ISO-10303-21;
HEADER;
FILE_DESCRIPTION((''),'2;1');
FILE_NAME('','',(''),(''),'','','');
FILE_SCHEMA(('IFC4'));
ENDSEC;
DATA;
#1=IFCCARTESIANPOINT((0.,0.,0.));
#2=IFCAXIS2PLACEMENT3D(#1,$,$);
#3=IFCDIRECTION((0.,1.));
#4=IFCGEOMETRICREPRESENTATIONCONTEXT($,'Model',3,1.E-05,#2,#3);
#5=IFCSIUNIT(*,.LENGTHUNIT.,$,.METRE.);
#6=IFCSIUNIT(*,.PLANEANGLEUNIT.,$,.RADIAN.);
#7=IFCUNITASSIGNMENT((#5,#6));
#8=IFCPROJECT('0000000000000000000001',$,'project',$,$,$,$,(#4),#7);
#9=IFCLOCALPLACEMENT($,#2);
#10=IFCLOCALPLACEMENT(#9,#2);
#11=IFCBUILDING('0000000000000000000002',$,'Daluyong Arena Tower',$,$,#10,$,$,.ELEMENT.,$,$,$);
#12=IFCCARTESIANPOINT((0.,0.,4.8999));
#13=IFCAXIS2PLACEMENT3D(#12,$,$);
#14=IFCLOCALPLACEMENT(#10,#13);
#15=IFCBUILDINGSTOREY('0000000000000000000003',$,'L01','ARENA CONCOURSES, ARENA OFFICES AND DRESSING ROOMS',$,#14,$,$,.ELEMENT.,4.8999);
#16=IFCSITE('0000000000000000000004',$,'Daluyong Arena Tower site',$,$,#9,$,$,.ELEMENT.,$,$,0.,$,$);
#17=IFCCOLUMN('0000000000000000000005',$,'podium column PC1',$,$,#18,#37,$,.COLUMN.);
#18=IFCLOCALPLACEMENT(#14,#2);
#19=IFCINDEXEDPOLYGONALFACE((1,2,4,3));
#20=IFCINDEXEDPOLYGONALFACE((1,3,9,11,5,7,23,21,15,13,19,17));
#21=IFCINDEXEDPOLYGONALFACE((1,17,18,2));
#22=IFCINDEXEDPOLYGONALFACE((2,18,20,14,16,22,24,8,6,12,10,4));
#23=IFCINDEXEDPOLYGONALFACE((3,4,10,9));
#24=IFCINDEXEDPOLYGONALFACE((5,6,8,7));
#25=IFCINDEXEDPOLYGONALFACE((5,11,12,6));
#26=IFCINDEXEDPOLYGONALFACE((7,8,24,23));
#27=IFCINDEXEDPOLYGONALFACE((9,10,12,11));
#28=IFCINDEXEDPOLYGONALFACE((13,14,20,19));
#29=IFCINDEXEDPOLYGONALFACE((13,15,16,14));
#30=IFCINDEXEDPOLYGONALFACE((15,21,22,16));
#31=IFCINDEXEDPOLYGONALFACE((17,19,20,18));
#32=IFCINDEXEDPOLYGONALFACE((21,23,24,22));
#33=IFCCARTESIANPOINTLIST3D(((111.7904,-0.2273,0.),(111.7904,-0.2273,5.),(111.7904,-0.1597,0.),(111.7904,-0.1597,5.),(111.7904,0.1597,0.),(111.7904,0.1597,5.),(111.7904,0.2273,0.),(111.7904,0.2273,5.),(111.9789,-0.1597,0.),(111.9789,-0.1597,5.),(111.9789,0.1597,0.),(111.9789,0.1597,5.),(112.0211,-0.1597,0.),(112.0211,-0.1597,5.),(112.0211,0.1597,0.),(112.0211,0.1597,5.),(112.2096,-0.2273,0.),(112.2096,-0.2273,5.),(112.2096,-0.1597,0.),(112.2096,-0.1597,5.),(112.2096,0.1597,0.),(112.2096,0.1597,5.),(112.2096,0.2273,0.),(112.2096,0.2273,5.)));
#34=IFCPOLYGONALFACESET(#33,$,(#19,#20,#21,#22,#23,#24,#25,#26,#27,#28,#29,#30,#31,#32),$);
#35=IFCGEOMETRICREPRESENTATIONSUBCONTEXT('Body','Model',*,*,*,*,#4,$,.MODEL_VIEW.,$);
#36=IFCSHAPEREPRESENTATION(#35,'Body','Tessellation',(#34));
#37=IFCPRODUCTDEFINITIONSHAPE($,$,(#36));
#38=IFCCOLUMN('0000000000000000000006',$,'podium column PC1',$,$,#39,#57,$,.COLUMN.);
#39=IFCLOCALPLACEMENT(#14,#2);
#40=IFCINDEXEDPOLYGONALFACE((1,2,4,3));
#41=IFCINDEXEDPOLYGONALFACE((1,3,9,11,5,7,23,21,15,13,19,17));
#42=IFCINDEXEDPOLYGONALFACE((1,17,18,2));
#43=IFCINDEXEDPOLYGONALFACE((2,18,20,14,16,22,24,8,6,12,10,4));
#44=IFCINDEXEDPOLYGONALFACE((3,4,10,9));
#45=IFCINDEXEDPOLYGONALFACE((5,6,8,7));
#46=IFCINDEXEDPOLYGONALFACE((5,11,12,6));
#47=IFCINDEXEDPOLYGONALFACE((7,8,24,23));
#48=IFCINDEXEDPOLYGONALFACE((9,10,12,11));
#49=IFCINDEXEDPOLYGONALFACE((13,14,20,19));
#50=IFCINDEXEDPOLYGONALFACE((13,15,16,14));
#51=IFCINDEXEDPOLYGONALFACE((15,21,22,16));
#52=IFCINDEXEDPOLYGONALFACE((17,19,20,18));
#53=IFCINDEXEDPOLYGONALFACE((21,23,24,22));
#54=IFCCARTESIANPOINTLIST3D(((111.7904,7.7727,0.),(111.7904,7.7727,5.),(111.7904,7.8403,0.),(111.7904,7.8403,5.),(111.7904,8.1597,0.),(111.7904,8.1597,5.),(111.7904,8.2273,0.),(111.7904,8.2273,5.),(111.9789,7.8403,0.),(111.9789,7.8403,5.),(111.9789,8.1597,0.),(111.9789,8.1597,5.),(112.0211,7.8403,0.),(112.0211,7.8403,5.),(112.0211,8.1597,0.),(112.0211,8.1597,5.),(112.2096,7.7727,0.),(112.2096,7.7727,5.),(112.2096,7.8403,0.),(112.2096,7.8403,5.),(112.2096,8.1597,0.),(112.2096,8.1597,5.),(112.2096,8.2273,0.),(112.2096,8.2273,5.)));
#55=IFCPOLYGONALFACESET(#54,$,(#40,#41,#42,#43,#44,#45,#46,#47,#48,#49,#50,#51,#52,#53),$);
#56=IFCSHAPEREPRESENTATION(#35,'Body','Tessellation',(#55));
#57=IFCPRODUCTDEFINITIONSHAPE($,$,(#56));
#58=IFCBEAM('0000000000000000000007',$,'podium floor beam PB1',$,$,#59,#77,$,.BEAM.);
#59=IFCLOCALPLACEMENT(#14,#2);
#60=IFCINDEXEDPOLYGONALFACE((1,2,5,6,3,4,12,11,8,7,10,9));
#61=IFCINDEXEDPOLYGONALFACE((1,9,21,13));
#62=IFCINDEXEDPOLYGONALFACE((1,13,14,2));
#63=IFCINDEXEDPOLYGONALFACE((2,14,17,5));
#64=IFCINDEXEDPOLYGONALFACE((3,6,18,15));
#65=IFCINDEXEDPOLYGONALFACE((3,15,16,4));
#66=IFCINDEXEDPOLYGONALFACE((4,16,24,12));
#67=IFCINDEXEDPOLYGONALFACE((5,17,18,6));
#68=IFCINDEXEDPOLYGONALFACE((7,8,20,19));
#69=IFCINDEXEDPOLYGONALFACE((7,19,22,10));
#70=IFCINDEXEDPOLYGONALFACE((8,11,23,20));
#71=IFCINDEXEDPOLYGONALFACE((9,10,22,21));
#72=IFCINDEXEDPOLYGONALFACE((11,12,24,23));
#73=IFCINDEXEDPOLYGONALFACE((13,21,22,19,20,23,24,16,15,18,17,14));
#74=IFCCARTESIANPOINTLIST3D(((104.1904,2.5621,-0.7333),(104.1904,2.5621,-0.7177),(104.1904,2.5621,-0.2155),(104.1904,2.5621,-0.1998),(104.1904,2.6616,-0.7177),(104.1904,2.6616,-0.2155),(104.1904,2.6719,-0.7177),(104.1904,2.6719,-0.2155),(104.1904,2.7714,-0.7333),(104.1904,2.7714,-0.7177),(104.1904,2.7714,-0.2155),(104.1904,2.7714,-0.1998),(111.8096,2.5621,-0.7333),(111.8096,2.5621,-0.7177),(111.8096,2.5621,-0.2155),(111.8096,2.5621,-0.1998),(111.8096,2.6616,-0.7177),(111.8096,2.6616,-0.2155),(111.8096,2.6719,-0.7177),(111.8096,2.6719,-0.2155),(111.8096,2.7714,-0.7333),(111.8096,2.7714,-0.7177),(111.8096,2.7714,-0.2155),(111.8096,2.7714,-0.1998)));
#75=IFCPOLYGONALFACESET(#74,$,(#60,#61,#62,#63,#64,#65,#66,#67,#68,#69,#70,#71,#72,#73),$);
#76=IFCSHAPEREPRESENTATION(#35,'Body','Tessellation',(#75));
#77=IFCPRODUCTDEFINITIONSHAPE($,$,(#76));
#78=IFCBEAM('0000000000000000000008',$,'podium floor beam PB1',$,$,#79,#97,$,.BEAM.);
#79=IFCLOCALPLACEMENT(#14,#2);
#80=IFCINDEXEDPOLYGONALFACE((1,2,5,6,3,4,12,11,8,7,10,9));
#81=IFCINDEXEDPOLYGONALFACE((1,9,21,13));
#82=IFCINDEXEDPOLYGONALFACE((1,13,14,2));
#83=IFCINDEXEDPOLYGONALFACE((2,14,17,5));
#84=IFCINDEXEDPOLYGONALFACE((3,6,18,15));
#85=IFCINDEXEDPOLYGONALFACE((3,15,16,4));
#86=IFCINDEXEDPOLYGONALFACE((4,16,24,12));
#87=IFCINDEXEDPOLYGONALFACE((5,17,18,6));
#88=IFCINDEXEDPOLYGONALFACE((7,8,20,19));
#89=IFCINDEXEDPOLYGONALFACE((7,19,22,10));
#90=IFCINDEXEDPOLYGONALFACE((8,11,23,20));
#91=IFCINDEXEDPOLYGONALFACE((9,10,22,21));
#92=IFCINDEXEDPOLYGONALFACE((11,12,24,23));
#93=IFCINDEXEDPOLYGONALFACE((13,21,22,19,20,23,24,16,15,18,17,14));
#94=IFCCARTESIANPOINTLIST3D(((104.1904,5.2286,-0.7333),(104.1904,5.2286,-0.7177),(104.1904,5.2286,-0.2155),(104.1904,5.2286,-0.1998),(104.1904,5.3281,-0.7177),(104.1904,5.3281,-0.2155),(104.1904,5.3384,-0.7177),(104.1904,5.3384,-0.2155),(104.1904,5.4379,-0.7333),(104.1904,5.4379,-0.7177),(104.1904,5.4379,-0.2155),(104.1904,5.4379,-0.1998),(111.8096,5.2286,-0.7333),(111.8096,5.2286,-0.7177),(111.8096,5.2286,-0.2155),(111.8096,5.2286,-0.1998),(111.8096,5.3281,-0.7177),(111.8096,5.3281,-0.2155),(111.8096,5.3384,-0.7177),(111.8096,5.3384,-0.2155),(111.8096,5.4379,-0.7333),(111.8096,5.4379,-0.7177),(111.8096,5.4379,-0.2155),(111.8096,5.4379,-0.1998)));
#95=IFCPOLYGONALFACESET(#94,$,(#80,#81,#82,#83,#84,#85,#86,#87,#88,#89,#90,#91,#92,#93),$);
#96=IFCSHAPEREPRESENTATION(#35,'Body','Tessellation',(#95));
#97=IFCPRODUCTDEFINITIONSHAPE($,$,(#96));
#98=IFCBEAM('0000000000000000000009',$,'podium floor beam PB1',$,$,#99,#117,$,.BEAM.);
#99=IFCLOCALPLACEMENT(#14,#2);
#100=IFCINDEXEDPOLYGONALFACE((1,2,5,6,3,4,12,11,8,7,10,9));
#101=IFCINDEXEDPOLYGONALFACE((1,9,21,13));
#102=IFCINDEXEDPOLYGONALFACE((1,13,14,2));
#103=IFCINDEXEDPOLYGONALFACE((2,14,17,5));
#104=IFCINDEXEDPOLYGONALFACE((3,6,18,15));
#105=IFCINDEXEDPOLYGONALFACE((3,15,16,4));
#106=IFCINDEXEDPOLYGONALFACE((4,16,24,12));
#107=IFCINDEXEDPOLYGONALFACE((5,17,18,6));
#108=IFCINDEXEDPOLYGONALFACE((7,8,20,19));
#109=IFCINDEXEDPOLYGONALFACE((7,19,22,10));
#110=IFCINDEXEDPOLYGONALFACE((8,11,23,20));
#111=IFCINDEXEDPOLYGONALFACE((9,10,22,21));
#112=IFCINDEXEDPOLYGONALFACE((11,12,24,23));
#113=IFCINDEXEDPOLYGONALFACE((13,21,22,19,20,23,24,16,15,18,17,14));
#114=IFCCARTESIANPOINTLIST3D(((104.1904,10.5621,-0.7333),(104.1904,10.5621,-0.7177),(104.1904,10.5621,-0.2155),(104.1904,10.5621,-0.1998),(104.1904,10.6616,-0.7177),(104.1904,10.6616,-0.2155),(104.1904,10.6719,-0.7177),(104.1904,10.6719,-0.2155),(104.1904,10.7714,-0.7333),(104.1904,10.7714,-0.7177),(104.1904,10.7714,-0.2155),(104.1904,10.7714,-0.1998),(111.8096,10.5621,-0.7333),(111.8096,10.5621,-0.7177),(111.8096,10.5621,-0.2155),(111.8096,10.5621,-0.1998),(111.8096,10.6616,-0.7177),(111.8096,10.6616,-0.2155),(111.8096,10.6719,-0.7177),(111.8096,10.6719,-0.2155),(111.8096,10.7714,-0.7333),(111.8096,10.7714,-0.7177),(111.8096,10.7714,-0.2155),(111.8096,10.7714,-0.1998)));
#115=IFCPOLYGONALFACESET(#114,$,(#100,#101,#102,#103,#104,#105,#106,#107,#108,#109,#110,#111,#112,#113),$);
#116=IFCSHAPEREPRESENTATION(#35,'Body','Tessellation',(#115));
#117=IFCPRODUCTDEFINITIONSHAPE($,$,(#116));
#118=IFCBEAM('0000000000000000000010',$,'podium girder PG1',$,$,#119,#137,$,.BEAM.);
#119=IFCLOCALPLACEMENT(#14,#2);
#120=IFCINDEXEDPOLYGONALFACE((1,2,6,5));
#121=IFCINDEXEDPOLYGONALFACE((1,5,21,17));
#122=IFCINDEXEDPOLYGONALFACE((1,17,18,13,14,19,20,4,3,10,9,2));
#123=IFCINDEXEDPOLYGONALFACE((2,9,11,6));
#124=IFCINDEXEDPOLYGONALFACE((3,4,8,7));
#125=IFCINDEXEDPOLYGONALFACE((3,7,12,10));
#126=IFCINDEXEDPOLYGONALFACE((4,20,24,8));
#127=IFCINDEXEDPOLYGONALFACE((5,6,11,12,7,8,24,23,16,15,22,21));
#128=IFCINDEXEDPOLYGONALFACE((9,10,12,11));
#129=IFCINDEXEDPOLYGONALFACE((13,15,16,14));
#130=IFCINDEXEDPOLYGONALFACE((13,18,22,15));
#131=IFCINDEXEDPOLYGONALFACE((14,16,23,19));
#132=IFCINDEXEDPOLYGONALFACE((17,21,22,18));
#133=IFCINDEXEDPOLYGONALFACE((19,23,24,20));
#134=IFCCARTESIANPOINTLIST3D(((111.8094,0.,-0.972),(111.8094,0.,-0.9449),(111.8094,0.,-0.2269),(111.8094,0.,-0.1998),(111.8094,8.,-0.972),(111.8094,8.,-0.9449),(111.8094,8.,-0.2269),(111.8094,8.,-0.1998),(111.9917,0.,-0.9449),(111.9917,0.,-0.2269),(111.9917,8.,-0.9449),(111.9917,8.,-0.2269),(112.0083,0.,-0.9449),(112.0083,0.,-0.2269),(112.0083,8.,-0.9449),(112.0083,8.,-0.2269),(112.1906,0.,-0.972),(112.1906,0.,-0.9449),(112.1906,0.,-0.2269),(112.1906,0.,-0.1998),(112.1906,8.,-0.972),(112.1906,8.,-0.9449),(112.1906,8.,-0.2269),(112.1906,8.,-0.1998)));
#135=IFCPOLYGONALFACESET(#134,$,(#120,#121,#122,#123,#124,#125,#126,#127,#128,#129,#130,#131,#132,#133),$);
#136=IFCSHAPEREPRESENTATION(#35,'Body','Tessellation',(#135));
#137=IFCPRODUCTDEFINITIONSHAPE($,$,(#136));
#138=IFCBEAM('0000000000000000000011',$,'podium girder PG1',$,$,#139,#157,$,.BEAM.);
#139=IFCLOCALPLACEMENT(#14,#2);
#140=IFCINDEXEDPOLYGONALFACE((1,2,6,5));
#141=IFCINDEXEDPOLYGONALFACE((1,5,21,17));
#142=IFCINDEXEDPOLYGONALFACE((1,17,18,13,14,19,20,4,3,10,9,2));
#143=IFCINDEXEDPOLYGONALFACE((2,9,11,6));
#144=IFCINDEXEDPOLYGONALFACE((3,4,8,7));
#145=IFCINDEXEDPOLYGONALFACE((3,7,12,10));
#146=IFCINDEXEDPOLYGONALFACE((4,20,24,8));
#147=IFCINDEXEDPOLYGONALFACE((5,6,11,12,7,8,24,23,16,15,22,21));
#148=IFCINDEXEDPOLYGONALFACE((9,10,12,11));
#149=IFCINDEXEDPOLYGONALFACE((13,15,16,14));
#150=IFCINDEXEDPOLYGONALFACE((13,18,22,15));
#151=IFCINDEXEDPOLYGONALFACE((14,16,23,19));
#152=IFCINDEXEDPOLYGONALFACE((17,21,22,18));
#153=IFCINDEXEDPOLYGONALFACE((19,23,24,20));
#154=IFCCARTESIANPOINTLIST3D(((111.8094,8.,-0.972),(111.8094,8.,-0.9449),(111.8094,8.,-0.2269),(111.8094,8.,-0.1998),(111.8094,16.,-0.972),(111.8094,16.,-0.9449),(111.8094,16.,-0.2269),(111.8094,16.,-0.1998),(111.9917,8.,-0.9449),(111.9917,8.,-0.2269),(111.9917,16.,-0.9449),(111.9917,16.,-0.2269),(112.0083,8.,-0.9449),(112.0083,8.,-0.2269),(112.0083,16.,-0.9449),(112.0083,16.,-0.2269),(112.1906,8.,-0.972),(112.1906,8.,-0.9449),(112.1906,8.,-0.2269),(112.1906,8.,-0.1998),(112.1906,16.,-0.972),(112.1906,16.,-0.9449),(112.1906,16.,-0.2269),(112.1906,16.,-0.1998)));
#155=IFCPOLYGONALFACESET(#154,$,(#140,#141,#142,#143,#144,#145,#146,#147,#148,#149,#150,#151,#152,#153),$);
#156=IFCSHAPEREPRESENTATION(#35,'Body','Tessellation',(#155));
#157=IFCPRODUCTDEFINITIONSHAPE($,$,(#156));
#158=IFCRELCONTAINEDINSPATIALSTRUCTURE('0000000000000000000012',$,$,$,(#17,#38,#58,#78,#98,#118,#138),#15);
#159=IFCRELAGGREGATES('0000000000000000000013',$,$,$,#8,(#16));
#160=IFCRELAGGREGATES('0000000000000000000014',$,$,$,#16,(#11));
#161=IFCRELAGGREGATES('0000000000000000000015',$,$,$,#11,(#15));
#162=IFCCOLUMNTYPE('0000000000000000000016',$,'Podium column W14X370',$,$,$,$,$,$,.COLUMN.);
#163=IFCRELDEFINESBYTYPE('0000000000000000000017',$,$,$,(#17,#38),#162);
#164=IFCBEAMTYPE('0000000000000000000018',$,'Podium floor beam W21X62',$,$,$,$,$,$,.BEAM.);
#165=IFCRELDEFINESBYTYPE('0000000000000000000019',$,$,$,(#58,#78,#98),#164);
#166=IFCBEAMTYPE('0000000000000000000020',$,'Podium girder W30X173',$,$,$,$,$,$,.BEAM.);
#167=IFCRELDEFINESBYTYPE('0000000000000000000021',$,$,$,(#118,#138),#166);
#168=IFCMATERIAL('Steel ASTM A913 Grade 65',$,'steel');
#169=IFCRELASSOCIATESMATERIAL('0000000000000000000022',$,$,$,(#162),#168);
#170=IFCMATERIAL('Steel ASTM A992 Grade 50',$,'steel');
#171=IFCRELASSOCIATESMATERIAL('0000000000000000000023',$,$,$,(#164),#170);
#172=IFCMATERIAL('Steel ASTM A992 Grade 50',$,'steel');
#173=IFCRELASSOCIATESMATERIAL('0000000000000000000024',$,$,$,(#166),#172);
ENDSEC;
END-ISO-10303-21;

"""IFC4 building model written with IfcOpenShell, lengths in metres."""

from ifc_helpers import new_model, si_unit, direction, frame, origin, origin_2d, place, context, subcontext, project, spatial, i_section, extrude, material, material_profile, profile_set, type_object, element, save


model = new_model("IFC4")

# Units and contexts
model_context = context("Model", 3, precision=1e-05, world=origin(), true_north=direction((0.0, 1.0)))
body_context = subcontext(model_context, "Body", "Model", "MODEL_VIEW")
ifc_project = project(units=[si_unit("LENGTHUNIT", "METRE"), si_unit("PLANEANGLEUNIT", "RADIAN")], contexts=[model_context])

# Site, building, storey
site_placement = place(None, origin())
site = spatial("IfcSite", under=ifc_project, at=site_placement, Name="Daluyong Arena Tower site", CompositionType="ELEMENT", RefElevation=0.0)
building_placement = place(site_placement, origin())
building = spatial("IfcBuilding", under=site, at=building_placement, Name="Daluyong Arena Tower", CompositionType="ELEMENT")
storey_placement = place(building_placement, frame((0.0, 0.0, 4.8999)))
storey = spatial("IfcBuildingStorey", under=building, at=storey_placement, Name="L01", Description="ARENA CONCOURSES, ARENA OFFICES AND DRESSING ROOMS", CompositionType="ELEMENT", Elevation=4.8999)

# Columns
ifc_material_1 = material(Name="Steel ASTM A913 Grade 65", Category="steel")
ifc_material_profile_1 = material_profile(ifc_material_1, i_section(OverallWidth=0.4192, OverallDepth=0.4546, WebThickness=0.0422, FlangeThickness=0.0676, at=origin_2d()))
ifc_profile_set_1 = profile_set([ifc_material_profile_1], Name="Steel ASTM A913 Grade 65")
column_type = type_object("IfcColumnType", Name="Podium column W14X370", PredefinedType="COLUMN", material=ifc_profile_set_1)
for number, where, z_axis, x_axis, name in (
    (1, (112.0, 0.0, 0.0), (0.0, 0.0, 1.0), (1.0, 0.0, 0.0), "podium column PC1"),
    (2, (112.0, 8.0, 0.0), (0.0, 0.0, 1.0), (1.0, 0.0, 0.0), "podium column PC1"),
):
    element("IfcColumn", number, at=place(storey_placement, frame(where, z_axis=z_axis, x_axis=x_axis)), inside=storey, type_object=column_type, Name=name, PredefinedType="COLUMN", context=body_context, shape_type="SweptSolid", body=[
        extrude(i_section(OverallWidth=0.4192, OverallDepth=0.4546, WebThickness=0.0422, FlangeThickness=0.0676, at=origin_2d()), origin(), (0.0, 0.0, 1.0), 5.0),
    ])

# Beams
ifc_material_2 = material(Name="Steel ASTM A992 Grade 50", Category="steel")
ifc_material_profile_2 = material_profile(ifc_material_2, i_section(OverallWidth=0.2092, OverallDepth=0.5334, WebThickness=0.0103, FlangeThickness=0.0156, at=origin_2d()))
ifc_profile_set_2 = profile_set([ifc_material_profile_2], Name="Steel ASTM A992 Grade 50")
beam_type_1 = type_object("IfcBeamType", Name="Podium floor beam W21X62", PredefinedType="BEAM", material=ifc_profile_set_2)
for number, where, z_axis, x_axis, name in (
    (3, (104.1904, 2.6667, -0.4666), (1.0, 0.0, 0.0), (0.0, 1.0, 0.0), "podium floor beam PB1"),
    (4, (104.1904, 5.3333, -0.4666), (1.0, 0.0, 0.0), (0.0, 1.0, 0.0), "podium floor beam PB1"),
    (5, (104.1904, 10.6667, -0.4666), (1.0, 0.0, 0.0), (0.0, 1.0, 0.0), "podium floor beam PB1"),
):
    element("IfcBeam", number, at=place(storey_placement, frame(where, z_axis=z_axis, x_axis=x_axis)), inside=storey, type_object=beam_type_1, Name=name, PredefinedType="BEAM", context=body_context, shape_type="SweptSolid", body=[
        extrude(i_section(OverallWidth=0.2092, OverallDepth=0.5334, WebThickness=0.0103, FlangeThickness=0.0156, at=origin_2d()), origin(), (0.0, 0.0, 1.0), 7.6191),
    ])
ifc_material_3 = material(Name="Steel ASTM A992 Grade 50", Category="steel")
ifc_material_profile_3 = material_profile(ifc_material_3, i_section(OverallWidth=0.3811, OverallDepth=0.7722, WebThickness=0.0166, FlangeThickness=0.0271, at=origin_2d()))
ifc_profile_set_3 = profile_set([ifc_material_profile_3], Name="Steel ASTM A992 Grade 50")
beam_type_2 = type_object("IfcBeamType", Name="Podium girder W30X173", PredefinedType="BEAM", material=ifc_profile_set_3)
for number, where, z_axis, x_axis, name in (
    (6, (112.0, 0.0, -0.5859), (0.0, 1.0, 0.0), (-1.0, 0.0, 0.0), "podium girder PG1"),
    (7, (112.0, 8.0, -0.5859), (0.0, 1.0, 0.0), (-1.0, 0.0, 0.0), "podium girder PG1"),
):
    element("IfcBeam", number, at=place(storey_placement, frame(where, z_axis=z_axis, x_axis=x_axis)), inside=storey, type_object=beam_type_2, Name=name, PredefinedType="BEAM", context=body_context, shape_type="SweptSolid", body=[
        extrude(i_section(OverallWidth=0.3811, OverallDepth=0.7722, WebThickness=0.0166, FlangeThickness=0.0271, at=origin_2d()), origin(), (0.0, 0.0, 1.0), 8.0),
    ])

save(model, "model.ifc")
